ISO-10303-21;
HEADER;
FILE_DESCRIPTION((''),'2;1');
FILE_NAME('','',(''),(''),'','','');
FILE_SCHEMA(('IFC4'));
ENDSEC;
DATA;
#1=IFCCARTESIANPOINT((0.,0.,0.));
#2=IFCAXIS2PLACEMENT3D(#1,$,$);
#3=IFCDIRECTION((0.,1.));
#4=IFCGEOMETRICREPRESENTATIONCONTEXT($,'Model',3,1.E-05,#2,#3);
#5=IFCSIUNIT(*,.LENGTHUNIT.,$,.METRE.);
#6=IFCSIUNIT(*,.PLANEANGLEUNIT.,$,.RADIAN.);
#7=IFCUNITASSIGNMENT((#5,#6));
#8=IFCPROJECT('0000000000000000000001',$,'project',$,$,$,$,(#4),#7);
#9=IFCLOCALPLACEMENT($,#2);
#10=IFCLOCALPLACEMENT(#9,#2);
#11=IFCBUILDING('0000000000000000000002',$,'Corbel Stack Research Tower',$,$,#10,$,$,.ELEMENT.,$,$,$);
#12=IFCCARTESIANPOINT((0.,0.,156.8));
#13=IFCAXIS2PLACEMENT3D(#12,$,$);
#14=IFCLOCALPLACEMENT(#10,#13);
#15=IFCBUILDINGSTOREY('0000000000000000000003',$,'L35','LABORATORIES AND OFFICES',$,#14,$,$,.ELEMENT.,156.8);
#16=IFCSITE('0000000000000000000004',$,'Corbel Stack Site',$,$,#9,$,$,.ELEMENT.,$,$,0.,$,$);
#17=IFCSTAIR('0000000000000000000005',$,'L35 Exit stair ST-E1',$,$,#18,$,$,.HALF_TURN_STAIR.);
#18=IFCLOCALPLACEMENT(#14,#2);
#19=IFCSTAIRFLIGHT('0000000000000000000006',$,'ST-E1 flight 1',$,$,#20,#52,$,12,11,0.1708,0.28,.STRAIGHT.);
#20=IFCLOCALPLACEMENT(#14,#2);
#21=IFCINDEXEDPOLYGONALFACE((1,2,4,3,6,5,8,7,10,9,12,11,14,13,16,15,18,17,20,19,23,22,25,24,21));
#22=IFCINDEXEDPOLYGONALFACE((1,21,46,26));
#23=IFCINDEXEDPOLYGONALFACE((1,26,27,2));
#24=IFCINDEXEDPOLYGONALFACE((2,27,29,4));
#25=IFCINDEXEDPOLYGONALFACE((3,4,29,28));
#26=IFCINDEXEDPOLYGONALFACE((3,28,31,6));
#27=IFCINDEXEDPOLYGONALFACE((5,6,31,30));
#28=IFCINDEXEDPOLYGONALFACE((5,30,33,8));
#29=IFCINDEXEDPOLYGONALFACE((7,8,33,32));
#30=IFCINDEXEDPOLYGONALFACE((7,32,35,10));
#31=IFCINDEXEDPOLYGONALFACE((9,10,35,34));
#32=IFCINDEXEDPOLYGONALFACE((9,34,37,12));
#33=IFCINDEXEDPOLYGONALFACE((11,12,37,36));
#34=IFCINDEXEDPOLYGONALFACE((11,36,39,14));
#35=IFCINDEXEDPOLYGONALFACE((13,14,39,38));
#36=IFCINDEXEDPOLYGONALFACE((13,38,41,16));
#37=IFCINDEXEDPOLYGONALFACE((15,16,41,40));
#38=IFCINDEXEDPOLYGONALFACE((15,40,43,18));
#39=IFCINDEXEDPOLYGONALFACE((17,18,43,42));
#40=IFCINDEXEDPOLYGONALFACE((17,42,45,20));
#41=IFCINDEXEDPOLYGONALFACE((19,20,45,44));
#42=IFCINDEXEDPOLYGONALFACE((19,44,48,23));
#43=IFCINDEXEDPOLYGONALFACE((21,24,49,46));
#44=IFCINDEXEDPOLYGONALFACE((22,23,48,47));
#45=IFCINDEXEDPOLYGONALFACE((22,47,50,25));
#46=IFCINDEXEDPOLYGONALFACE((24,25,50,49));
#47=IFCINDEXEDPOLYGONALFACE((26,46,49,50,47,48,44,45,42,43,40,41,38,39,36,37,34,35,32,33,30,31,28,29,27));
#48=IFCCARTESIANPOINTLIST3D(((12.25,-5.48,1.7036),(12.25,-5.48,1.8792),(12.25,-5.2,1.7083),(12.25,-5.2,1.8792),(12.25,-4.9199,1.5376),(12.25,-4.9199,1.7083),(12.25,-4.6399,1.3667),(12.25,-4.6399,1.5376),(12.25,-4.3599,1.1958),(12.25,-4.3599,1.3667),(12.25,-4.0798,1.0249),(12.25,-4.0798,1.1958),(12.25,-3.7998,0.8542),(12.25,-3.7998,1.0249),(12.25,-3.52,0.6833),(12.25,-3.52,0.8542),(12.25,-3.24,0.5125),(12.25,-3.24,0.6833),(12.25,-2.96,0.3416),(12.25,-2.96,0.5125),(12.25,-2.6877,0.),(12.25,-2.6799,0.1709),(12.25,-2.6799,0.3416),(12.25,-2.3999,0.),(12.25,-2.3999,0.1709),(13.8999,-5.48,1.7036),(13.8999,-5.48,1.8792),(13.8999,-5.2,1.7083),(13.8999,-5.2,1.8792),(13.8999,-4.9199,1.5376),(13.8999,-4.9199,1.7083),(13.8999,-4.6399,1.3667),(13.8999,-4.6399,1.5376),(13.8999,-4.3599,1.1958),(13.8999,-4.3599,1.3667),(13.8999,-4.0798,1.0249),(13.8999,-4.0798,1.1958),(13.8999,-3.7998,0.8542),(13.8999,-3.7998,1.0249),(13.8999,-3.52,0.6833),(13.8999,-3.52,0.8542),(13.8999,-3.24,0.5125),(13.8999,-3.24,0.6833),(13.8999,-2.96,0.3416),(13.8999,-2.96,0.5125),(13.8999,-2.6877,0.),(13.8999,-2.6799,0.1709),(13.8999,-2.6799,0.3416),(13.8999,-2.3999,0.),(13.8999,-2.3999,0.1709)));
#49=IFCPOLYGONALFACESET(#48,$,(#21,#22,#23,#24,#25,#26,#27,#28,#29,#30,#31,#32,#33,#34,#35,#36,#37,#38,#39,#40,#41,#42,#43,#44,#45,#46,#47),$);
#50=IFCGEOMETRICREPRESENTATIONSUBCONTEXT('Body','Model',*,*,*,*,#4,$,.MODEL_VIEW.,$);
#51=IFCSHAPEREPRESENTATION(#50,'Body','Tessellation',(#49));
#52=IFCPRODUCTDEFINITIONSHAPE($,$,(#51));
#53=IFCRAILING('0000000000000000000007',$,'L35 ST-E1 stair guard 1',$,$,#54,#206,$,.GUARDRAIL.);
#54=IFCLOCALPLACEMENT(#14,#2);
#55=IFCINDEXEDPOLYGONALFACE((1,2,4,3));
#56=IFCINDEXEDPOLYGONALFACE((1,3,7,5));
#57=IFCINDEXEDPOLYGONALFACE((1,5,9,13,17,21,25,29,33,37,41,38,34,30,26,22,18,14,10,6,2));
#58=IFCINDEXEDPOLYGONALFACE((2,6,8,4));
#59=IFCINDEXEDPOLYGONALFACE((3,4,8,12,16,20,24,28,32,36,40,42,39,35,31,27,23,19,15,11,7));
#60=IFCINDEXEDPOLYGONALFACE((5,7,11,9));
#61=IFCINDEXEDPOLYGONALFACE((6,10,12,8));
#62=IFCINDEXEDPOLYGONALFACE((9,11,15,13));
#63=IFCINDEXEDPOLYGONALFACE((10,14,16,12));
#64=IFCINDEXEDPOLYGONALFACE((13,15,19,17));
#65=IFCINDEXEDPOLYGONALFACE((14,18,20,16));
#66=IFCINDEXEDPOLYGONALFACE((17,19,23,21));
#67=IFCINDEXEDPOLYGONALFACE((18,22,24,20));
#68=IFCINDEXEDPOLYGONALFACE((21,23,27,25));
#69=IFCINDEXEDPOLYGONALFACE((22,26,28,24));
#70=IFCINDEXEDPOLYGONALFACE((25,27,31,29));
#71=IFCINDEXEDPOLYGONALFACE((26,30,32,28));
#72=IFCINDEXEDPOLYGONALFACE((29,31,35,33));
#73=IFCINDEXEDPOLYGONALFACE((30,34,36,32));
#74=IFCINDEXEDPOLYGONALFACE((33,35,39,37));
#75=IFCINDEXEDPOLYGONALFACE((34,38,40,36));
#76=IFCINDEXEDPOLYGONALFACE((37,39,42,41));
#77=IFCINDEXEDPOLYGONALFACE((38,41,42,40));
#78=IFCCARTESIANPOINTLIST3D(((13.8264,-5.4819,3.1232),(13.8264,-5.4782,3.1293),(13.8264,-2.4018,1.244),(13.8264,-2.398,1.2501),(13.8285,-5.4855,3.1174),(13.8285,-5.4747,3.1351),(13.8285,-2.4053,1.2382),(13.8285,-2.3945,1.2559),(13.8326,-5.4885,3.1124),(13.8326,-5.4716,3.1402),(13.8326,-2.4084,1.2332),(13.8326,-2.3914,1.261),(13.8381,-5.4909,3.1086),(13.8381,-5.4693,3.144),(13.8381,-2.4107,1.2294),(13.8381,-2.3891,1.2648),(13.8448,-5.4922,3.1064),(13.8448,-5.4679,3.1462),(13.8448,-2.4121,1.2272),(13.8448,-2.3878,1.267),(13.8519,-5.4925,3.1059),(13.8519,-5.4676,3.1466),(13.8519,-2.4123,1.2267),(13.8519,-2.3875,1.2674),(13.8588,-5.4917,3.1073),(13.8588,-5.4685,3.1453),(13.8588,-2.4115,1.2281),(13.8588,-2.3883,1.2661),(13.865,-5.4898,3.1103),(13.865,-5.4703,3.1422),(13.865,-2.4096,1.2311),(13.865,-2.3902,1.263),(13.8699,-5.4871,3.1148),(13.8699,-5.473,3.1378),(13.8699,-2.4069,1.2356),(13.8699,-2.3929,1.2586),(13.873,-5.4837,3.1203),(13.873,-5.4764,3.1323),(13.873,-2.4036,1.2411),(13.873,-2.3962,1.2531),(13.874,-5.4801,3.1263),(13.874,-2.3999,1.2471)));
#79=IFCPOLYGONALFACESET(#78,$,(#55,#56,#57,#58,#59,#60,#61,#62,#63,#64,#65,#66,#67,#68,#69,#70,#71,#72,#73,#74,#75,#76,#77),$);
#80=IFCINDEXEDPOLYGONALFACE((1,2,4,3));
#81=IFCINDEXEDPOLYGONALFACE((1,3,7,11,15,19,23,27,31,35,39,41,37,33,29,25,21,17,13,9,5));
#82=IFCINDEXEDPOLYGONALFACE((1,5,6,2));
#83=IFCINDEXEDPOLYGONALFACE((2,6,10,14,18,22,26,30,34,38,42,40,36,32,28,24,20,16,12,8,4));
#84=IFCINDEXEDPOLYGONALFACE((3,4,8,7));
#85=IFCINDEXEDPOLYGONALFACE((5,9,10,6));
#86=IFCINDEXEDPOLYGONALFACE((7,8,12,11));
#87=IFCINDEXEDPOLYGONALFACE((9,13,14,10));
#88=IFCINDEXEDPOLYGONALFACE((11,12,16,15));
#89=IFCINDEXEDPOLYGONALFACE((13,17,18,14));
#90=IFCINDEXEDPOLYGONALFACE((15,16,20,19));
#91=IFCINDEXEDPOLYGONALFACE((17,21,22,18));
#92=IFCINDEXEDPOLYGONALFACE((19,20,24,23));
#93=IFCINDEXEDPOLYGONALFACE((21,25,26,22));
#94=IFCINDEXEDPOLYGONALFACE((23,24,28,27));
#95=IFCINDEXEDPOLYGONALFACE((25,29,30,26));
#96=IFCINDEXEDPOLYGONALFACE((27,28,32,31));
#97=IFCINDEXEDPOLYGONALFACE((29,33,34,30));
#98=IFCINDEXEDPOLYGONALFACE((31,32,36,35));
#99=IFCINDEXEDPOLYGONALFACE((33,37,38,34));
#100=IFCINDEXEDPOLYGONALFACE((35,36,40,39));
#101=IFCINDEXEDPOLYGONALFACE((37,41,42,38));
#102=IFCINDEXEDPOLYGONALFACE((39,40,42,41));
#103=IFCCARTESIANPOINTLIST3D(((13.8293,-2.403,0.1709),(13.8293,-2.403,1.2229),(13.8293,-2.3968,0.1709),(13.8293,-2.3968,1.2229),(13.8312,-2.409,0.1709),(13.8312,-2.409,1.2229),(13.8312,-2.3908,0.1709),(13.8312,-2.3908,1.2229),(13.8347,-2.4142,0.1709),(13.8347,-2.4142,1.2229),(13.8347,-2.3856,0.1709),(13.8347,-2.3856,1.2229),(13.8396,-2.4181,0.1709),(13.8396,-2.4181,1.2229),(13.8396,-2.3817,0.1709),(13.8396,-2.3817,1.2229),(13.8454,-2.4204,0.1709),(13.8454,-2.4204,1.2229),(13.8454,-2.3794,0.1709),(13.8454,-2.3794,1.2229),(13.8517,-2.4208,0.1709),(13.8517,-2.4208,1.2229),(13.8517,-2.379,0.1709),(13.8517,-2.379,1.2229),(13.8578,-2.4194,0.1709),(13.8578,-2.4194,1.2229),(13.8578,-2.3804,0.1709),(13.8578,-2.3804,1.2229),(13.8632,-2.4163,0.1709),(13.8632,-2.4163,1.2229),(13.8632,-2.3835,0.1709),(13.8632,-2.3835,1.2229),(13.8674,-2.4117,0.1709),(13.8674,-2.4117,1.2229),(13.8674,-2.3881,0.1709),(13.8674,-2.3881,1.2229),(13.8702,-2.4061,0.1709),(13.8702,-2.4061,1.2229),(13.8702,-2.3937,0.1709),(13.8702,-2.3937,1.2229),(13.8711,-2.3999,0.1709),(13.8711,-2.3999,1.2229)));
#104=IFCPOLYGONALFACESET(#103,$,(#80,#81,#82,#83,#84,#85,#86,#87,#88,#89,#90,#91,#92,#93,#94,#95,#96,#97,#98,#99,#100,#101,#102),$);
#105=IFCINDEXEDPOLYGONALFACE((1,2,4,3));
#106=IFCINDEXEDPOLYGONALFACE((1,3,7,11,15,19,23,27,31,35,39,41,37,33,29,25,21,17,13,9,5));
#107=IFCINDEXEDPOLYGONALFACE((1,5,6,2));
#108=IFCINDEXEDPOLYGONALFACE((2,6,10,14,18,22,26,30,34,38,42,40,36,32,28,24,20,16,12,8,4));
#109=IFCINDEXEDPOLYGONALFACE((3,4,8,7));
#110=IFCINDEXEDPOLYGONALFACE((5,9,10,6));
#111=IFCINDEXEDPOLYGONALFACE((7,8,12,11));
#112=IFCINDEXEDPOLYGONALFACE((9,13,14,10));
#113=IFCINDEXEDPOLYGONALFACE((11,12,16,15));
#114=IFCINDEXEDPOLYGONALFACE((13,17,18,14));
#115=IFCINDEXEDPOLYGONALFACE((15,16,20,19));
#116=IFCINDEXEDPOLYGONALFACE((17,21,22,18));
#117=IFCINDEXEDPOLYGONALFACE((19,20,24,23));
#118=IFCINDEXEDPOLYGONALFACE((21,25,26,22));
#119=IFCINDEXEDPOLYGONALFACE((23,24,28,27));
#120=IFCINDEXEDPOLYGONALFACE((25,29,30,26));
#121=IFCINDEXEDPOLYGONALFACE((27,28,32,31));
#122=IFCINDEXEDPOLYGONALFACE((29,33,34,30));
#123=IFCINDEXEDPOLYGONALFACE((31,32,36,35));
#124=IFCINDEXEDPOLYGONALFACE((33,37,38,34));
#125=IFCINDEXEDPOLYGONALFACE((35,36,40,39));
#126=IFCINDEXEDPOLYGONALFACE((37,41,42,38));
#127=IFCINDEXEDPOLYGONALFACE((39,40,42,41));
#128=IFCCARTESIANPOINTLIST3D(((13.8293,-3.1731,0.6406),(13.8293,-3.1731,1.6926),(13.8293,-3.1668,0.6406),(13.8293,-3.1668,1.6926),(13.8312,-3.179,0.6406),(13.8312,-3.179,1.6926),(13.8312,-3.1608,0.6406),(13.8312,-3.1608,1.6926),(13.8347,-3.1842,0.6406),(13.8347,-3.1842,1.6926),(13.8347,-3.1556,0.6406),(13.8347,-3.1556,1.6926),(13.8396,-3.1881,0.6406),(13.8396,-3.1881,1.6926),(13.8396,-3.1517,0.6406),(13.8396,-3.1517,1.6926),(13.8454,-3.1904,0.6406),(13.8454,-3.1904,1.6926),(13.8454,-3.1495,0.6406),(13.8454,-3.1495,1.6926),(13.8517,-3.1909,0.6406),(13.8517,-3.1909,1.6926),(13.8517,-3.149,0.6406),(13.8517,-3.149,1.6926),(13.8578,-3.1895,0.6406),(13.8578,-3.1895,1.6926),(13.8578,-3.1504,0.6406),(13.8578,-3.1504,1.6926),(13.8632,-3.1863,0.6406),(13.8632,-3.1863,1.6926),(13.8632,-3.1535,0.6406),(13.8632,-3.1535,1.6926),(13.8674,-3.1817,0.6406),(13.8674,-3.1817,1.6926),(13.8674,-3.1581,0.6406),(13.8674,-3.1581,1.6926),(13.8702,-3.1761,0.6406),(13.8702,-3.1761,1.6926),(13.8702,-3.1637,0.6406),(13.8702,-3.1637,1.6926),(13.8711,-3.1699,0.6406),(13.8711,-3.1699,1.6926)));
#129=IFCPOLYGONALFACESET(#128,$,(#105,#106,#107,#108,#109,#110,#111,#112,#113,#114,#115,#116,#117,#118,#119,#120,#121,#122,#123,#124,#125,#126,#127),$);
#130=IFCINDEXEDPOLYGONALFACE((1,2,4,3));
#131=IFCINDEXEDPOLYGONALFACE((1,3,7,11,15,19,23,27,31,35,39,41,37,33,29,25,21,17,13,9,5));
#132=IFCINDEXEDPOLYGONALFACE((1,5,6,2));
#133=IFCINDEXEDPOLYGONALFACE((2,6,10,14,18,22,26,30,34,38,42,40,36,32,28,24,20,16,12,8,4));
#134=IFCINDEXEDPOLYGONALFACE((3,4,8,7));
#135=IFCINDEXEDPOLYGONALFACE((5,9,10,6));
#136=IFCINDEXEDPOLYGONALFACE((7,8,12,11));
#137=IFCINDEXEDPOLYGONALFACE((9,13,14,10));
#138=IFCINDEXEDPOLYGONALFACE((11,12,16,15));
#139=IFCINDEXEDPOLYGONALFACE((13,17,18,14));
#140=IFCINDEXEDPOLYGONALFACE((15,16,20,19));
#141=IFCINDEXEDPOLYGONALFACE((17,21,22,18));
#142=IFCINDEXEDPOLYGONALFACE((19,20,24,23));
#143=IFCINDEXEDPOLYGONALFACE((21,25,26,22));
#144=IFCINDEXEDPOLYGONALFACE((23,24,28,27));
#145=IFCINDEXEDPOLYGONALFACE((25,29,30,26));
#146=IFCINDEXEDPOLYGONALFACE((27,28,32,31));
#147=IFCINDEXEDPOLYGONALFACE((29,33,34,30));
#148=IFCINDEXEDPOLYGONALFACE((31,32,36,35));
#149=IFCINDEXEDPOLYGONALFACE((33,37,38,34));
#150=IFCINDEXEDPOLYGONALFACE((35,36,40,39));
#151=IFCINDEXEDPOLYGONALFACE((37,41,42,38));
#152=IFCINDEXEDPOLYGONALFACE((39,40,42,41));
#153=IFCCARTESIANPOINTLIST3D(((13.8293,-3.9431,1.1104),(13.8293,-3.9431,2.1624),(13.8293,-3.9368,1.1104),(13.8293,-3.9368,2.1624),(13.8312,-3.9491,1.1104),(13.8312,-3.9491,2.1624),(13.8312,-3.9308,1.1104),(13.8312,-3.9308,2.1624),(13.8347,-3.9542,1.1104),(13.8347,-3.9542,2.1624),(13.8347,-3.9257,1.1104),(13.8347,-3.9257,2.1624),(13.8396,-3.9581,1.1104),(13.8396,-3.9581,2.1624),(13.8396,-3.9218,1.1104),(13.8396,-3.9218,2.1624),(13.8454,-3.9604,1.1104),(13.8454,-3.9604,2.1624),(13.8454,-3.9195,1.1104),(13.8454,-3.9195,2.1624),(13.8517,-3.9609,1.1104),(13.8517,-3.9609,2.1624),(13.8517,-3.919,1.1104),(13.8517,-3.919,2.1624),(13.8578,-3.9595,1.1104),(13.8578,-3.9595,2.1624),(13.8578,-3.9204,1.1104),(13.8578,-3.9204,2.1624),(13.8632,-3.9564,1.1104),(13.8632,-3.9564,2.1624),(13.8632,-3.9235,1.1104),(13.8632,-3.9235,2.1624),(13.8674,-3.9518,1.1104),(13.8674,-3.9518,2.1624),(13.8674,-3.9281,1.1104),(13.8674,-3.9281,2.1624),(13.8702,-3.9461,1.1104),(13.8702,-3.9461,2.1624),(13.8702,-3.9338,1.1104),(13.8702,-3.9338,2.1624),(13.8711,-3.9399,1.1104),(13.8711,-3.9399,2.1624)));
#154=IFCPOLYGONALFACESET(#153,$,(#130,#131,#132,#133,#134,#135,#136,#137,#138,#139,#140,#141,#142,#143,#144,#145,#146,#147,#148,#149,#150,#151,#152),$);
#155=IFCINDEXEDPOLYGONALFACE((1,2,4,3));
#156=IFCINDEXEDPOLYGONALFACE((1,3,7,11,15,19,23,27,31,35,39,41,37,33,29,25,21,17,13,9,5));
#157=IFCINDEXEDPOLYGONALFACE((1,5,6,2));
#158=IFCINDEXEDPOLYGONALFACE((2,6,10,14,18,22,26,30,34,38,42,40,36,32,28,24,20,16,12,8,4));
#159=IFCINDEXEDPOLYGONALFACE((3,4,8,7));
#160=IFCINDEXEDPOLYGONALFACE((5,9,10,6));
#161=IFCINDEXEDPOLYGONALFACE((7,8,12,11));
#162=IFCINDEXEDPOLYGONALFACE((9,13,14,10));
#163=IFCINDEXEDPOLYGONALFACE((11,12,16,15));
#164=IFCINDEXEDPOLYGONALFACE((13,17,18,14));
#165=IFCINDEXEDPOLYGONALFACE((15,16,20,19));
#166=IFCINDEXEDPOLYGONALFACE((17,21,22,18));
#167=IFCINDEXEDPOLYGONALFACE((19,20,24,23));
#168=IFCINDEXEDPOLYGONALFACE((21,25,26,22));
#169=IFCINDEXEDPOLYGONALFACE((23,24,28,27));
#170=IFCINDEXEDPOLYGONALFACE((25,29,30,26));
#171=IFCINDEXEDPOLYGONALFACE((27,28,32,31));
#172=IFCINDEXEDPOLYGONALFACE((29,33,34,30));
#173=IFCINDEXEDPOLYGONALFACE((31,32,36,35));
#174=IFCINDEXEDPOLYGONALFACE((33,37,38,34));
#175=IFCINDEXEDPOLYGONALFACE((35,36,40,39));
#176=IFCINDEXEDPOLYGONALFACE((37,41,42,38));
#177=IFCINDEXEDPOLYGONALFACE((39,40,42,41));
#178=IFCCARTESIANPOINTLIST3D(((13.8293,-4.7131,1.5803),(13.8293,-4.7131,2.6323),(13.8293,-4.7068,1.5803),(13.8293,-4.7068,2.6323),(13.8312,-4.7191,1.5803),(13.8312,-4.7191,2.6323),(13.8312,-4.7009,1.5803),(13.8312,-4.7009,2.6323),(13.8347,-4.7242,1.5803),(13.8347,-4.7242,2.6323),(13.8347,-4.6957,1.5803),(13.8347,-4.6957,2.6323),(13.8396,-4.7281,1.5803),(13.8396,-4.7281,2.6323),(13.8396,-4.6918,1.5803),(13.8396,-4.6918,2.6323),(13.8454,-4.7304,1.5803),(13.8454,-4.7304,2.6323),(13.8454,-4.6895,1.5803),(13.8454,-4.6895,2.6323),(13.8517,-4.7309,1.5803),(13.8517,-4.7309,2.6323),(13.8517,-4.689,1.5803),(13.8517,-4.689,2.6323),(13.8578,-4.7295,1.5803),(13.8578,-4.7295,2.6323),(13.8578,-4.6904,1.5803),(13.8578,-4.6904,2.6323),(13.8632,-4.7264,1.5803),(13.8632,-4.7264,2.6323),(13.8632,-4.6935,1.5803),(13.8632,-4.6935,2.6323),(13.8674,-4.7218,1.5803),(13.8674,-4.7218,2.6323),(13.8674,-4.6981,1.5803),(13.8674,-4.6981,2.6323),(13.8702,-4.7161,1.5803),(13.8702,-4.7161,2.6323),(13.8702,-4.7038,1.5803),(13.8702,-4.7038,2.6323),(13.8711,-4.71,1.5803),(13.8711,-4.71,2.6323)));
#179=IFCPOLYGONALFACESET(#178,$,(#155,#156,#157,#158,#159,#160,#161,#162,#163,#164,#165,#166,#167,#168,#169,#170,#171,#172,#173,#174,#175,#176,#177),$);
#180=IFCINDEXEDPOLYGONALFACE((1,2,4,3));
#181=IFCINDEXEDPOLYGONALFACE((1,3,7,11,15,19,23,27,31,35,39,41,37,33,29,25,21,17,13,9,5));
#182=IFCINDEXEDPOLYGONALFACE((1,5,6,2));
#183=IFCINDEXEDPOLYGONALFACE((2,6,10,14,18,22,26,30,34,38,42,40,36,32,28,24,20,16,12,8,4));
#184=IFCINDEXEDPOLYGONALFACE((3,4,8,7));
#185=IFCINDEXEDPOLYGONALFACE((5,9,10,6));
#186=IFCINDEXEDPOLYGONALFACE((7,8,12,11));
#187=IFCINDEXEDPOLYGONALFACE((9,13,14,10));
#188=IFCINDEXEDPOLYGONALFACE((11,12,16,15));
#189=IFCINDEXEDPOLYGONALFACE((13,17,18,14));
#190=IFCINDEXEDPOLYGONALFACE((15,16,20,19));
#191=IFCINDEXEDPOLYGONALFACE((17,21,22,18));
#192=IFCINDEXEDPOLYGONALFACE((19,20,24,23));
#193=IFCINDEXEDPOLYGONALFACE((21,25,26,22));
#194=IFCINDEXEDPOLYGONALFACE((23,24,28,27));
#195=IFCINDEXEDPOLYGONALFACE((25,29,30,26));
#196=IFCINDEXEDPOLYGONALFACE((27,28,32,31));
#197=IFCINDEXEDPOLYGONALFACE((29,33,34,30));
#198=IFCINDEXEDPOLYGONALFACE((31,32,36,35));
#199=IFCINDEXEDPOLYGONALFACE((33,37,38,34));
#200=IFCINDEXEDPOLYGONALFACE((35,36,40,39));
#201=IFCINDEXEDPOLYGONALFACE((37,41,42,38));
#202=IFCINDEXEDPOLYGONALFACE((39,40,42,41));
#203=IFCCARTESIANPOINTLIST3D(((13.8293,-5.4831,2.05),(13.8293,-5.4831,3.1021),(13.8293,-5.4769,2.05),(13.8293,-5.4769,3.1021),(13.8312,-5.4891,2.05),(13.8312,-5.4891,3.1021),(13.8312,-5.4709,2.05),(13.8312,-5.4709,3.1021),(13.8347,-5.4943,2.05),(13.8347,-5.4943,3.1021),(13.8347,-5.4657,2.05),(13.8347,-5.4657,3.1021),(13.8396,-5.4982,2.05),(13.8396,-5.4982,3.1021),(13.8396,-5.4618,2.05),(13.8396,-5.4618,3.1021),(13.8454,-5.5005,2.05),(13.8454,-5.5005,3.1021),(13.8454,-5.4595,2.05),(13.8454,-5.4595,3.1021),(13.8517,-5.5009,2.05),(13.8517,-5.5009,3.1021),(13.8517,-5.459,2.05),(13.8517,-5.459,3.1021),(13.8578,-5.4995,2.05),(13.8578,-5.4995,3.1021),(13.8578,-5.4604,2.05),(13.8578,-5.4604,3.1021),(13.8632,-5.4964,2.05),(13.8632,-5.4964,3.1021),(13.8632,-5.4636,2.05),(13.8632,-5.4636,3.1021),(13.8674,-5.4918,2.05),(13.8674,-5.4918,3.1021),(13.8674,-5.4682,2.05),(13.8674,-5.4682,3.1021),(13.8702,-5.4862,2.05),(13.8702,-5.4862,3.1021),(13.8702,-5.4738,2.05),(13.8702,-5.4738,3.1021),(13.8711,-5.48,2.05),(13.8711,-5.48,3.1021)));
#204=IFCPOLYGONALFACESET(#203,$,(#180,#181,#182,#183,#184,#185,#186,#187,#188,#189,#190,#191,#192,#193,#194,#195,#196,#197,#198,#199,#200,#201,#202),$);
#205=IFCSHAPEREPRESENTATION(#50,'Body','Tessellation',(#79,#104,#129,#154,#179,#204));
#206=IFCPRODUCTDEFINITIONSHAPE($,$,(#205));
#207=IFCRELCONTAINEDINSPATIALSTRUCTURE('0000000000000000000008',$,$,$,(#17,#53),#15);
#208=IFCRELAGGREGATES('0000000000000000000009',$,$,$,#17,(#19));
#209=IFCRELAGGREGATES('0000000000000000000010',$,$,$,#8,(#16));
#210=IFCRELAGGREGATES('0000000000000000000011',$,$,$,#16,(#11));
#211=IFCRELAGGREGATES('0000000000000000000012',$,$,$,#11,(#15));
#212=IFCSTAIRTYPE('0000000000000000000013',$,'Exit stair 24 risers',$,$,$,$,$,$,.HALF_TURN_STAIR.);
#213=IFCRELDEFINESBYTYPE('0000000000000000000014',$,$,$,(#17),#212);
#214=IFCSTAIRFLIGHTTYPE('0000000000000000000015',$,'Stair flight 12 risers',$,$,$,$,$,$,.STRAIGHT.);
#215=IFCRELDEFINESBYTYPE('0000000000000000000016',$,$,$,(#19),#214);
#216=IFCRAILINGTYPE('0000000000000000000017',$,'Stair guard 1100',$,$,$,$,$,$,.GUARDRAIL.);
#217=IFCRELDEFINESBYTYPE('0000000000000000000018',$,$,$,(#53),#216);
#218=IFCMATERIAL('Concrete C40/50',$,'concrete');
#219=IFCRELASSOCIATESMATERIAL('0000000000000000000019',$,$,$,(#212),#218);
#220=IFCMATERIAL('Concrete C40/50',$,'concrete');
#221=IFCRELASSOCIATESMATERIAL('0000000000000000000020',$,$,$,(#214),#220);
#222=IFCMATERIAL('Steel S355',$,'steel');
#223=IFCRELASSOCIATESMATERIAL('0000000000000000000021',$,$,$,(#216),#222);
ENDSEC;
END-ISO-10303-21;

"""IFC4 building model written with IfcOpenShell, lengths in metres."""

from ifc_helpers import new_model, si_unit, direction, frame, origin, origin_2d, place, context, subcontext, project, spatial, polyline, circle, outline, extrude, material, type_object, element, aggregate, save


model = new_model("IFC4")

# Units and contexts
model_context = context("Model", 3, precision=1e-05, world=origin(), true_north=direction((0.0, 1.0)))
body_context = subcontext(model_context, "Body", "Model", "MODEL_VIEW")
ifc_project = project(units=[si_unit("LENGTHUNIT", "METRE"), si_unit("PLANEANGLEUNIT", "RADIAN")], contexts=[model_context])

# Site, building, storey
site_placement = place(None, origin())
site = spatial("IfcSite", under=ifc_project, at=site_placement, Name="Corbel Stack Site", CompositionType="ELEMENT", RefElevation=0.0)
building_placement = place(site_placement, origin())
building = spatial("IfcBuilding", under=site, at=building_placement, Name="Corbel Stack Research Tower", CompositionType="ELEMENT")
storey_placement = place(building_placement, frame((0.0, 0.0, 156.8)))
storey = spatial("IfcBuildingStorey", under=building, at=storey_placement, Name="L35", Description="LABORATORIES AND OFFICES", CompositionType="ELEMENT", Elevation=156.8)

# Stair
ifc_material_1 = material(Name="Concrete C40/50", Category="concrete")
stair_type = type_object("IfcStairType", Name="Exit stair 24 risers", PredefinedType="HALF_TURN_STAIR", material=ifc_material_1)
stair_1_placement = place(storey_placement, origin())
stair_1 = element("IfcStair", 1, at=stair_1_placement, inside=storey, type_object=stair_type, Name="L35 Exit stair ST-E1", PredefinedType="HALF_TURN_STAIR")

# Stair flight
ifc_material_2 = material(Name="Concrete C40/50", Category="concrete")
stair_flight_type = type_object("IfcStairFlightType", Name="Stair flight 12 risers", PredefinedType="STRAIGHT", material=ifc_material_2)
stair_flight_placement = place(storey_placement, frame((13.075, -2.3999, 0.0), z_axis=(0.0, 0.0, 1.0), x_axis=(0.0, -1.0, 0.0)))
stair_flight = element("IfcStairFlight", 2, at=stair_flight_placement, type_object=stair_flight_type, Name="ST-E1 flight 1", NumberOfRisers=12, NumberOfTreads=11, PredefinedType="STRAIGHT", RiserHeight=0.1708, TreadLength=0.28, context=body_context, shape_type="SweptSolid", body=[
    extrude(outline(polyline([(0.0, 0.0), (0.0, 0.1709), (0.28, 0.1709), (0.28, 0.3416), (0.5601, 0.3416), (0.5601, 0.5125), (0.8401, 0.5125), (0.8401, 0.6833), (1.1201, 0.6833), (1.1201, 0.8542), (1.3999, 0.8542), (1.3999, 1.0249), (1.6799, 1.0249), (1.6799, 1.1958), (1.96, 1.1958), (1.96, 1.3667), (2.24, 1.3667), (2.24, 1.5376), (2.52, 1.5376), (2.52, 1.7083), (2.8, 1.7083), (2.8, 1.8792), (3.0801, 1.8792), (3.0801, 2.05), (3.0801, 1.7036), (0.2878, 0.0), (0.0, 0.0)])), frame((0.0, 0.825, 0.0), z_axis=(0.0, -1.0, 0.0), x_axis=(1.0, 0.0, 0.0)), (0.0, 0.0, 1.0), 1.6499),
])
aggregate(stair_1, [stair_flight])

# Railing
ifc_material_3 = material(Name="Steel S355", Category="steel")
railing_type_1 = type_object("IfcRailingType", Name="Stair guard 1100", PredefinedType="GUARDRAIL", material=ifc_material_3)
railing_1_placement = place(storey_placement, frame((13.8501, -2.3999, 0.1709)))
element("IfcRailing", 3, at=railing_1_placement, inside=storey, type_object=railing_type_1, Name="L35 ST-E1 stair guard 1", PredefinedType="GUARDRAIL", context=body_context, shape_type="SweptSolid", body=[
    extrude(circle(Radius=0.0239, at=origin_2d()), frame((0.0, 0.0, 1.0762), z_axis=(0.0, -0.853666, 0.52082), x_axis=(1.0, 0.0, 0.0)), (0.0, 0.0, 1.0), 3.6082),
    extrude(circle(Radius=0.021, at=origin_2d()), origin(), (0.0, 0.0, 1.0), 1.052),
    extrude(circle(Radius=0.021, at=origin_2d()), frame((0.0, -0.77, 0.4697)), (0.0, 0.0, 1.0), 1.052),
    extrude(circle(Radius=0.021, at=origin_2d()), frame((0.0, -1.54, 0.9395)), (0.0, 0.0, 1.0), 1.052),
    extrude(circle(Radius=0.021, at=origin_2d()), frame((0.0, -2.3101, 1.4094)), (0.0, 0.0, 1.0), 1.052),
    extrude(circle(Radius=0.021, at=origin_2d()), frame((0.0, -3.0801, 1.8792)), (0.0, 0.0, 1.0), 1.052),
])

save(model, "model.ifc")
